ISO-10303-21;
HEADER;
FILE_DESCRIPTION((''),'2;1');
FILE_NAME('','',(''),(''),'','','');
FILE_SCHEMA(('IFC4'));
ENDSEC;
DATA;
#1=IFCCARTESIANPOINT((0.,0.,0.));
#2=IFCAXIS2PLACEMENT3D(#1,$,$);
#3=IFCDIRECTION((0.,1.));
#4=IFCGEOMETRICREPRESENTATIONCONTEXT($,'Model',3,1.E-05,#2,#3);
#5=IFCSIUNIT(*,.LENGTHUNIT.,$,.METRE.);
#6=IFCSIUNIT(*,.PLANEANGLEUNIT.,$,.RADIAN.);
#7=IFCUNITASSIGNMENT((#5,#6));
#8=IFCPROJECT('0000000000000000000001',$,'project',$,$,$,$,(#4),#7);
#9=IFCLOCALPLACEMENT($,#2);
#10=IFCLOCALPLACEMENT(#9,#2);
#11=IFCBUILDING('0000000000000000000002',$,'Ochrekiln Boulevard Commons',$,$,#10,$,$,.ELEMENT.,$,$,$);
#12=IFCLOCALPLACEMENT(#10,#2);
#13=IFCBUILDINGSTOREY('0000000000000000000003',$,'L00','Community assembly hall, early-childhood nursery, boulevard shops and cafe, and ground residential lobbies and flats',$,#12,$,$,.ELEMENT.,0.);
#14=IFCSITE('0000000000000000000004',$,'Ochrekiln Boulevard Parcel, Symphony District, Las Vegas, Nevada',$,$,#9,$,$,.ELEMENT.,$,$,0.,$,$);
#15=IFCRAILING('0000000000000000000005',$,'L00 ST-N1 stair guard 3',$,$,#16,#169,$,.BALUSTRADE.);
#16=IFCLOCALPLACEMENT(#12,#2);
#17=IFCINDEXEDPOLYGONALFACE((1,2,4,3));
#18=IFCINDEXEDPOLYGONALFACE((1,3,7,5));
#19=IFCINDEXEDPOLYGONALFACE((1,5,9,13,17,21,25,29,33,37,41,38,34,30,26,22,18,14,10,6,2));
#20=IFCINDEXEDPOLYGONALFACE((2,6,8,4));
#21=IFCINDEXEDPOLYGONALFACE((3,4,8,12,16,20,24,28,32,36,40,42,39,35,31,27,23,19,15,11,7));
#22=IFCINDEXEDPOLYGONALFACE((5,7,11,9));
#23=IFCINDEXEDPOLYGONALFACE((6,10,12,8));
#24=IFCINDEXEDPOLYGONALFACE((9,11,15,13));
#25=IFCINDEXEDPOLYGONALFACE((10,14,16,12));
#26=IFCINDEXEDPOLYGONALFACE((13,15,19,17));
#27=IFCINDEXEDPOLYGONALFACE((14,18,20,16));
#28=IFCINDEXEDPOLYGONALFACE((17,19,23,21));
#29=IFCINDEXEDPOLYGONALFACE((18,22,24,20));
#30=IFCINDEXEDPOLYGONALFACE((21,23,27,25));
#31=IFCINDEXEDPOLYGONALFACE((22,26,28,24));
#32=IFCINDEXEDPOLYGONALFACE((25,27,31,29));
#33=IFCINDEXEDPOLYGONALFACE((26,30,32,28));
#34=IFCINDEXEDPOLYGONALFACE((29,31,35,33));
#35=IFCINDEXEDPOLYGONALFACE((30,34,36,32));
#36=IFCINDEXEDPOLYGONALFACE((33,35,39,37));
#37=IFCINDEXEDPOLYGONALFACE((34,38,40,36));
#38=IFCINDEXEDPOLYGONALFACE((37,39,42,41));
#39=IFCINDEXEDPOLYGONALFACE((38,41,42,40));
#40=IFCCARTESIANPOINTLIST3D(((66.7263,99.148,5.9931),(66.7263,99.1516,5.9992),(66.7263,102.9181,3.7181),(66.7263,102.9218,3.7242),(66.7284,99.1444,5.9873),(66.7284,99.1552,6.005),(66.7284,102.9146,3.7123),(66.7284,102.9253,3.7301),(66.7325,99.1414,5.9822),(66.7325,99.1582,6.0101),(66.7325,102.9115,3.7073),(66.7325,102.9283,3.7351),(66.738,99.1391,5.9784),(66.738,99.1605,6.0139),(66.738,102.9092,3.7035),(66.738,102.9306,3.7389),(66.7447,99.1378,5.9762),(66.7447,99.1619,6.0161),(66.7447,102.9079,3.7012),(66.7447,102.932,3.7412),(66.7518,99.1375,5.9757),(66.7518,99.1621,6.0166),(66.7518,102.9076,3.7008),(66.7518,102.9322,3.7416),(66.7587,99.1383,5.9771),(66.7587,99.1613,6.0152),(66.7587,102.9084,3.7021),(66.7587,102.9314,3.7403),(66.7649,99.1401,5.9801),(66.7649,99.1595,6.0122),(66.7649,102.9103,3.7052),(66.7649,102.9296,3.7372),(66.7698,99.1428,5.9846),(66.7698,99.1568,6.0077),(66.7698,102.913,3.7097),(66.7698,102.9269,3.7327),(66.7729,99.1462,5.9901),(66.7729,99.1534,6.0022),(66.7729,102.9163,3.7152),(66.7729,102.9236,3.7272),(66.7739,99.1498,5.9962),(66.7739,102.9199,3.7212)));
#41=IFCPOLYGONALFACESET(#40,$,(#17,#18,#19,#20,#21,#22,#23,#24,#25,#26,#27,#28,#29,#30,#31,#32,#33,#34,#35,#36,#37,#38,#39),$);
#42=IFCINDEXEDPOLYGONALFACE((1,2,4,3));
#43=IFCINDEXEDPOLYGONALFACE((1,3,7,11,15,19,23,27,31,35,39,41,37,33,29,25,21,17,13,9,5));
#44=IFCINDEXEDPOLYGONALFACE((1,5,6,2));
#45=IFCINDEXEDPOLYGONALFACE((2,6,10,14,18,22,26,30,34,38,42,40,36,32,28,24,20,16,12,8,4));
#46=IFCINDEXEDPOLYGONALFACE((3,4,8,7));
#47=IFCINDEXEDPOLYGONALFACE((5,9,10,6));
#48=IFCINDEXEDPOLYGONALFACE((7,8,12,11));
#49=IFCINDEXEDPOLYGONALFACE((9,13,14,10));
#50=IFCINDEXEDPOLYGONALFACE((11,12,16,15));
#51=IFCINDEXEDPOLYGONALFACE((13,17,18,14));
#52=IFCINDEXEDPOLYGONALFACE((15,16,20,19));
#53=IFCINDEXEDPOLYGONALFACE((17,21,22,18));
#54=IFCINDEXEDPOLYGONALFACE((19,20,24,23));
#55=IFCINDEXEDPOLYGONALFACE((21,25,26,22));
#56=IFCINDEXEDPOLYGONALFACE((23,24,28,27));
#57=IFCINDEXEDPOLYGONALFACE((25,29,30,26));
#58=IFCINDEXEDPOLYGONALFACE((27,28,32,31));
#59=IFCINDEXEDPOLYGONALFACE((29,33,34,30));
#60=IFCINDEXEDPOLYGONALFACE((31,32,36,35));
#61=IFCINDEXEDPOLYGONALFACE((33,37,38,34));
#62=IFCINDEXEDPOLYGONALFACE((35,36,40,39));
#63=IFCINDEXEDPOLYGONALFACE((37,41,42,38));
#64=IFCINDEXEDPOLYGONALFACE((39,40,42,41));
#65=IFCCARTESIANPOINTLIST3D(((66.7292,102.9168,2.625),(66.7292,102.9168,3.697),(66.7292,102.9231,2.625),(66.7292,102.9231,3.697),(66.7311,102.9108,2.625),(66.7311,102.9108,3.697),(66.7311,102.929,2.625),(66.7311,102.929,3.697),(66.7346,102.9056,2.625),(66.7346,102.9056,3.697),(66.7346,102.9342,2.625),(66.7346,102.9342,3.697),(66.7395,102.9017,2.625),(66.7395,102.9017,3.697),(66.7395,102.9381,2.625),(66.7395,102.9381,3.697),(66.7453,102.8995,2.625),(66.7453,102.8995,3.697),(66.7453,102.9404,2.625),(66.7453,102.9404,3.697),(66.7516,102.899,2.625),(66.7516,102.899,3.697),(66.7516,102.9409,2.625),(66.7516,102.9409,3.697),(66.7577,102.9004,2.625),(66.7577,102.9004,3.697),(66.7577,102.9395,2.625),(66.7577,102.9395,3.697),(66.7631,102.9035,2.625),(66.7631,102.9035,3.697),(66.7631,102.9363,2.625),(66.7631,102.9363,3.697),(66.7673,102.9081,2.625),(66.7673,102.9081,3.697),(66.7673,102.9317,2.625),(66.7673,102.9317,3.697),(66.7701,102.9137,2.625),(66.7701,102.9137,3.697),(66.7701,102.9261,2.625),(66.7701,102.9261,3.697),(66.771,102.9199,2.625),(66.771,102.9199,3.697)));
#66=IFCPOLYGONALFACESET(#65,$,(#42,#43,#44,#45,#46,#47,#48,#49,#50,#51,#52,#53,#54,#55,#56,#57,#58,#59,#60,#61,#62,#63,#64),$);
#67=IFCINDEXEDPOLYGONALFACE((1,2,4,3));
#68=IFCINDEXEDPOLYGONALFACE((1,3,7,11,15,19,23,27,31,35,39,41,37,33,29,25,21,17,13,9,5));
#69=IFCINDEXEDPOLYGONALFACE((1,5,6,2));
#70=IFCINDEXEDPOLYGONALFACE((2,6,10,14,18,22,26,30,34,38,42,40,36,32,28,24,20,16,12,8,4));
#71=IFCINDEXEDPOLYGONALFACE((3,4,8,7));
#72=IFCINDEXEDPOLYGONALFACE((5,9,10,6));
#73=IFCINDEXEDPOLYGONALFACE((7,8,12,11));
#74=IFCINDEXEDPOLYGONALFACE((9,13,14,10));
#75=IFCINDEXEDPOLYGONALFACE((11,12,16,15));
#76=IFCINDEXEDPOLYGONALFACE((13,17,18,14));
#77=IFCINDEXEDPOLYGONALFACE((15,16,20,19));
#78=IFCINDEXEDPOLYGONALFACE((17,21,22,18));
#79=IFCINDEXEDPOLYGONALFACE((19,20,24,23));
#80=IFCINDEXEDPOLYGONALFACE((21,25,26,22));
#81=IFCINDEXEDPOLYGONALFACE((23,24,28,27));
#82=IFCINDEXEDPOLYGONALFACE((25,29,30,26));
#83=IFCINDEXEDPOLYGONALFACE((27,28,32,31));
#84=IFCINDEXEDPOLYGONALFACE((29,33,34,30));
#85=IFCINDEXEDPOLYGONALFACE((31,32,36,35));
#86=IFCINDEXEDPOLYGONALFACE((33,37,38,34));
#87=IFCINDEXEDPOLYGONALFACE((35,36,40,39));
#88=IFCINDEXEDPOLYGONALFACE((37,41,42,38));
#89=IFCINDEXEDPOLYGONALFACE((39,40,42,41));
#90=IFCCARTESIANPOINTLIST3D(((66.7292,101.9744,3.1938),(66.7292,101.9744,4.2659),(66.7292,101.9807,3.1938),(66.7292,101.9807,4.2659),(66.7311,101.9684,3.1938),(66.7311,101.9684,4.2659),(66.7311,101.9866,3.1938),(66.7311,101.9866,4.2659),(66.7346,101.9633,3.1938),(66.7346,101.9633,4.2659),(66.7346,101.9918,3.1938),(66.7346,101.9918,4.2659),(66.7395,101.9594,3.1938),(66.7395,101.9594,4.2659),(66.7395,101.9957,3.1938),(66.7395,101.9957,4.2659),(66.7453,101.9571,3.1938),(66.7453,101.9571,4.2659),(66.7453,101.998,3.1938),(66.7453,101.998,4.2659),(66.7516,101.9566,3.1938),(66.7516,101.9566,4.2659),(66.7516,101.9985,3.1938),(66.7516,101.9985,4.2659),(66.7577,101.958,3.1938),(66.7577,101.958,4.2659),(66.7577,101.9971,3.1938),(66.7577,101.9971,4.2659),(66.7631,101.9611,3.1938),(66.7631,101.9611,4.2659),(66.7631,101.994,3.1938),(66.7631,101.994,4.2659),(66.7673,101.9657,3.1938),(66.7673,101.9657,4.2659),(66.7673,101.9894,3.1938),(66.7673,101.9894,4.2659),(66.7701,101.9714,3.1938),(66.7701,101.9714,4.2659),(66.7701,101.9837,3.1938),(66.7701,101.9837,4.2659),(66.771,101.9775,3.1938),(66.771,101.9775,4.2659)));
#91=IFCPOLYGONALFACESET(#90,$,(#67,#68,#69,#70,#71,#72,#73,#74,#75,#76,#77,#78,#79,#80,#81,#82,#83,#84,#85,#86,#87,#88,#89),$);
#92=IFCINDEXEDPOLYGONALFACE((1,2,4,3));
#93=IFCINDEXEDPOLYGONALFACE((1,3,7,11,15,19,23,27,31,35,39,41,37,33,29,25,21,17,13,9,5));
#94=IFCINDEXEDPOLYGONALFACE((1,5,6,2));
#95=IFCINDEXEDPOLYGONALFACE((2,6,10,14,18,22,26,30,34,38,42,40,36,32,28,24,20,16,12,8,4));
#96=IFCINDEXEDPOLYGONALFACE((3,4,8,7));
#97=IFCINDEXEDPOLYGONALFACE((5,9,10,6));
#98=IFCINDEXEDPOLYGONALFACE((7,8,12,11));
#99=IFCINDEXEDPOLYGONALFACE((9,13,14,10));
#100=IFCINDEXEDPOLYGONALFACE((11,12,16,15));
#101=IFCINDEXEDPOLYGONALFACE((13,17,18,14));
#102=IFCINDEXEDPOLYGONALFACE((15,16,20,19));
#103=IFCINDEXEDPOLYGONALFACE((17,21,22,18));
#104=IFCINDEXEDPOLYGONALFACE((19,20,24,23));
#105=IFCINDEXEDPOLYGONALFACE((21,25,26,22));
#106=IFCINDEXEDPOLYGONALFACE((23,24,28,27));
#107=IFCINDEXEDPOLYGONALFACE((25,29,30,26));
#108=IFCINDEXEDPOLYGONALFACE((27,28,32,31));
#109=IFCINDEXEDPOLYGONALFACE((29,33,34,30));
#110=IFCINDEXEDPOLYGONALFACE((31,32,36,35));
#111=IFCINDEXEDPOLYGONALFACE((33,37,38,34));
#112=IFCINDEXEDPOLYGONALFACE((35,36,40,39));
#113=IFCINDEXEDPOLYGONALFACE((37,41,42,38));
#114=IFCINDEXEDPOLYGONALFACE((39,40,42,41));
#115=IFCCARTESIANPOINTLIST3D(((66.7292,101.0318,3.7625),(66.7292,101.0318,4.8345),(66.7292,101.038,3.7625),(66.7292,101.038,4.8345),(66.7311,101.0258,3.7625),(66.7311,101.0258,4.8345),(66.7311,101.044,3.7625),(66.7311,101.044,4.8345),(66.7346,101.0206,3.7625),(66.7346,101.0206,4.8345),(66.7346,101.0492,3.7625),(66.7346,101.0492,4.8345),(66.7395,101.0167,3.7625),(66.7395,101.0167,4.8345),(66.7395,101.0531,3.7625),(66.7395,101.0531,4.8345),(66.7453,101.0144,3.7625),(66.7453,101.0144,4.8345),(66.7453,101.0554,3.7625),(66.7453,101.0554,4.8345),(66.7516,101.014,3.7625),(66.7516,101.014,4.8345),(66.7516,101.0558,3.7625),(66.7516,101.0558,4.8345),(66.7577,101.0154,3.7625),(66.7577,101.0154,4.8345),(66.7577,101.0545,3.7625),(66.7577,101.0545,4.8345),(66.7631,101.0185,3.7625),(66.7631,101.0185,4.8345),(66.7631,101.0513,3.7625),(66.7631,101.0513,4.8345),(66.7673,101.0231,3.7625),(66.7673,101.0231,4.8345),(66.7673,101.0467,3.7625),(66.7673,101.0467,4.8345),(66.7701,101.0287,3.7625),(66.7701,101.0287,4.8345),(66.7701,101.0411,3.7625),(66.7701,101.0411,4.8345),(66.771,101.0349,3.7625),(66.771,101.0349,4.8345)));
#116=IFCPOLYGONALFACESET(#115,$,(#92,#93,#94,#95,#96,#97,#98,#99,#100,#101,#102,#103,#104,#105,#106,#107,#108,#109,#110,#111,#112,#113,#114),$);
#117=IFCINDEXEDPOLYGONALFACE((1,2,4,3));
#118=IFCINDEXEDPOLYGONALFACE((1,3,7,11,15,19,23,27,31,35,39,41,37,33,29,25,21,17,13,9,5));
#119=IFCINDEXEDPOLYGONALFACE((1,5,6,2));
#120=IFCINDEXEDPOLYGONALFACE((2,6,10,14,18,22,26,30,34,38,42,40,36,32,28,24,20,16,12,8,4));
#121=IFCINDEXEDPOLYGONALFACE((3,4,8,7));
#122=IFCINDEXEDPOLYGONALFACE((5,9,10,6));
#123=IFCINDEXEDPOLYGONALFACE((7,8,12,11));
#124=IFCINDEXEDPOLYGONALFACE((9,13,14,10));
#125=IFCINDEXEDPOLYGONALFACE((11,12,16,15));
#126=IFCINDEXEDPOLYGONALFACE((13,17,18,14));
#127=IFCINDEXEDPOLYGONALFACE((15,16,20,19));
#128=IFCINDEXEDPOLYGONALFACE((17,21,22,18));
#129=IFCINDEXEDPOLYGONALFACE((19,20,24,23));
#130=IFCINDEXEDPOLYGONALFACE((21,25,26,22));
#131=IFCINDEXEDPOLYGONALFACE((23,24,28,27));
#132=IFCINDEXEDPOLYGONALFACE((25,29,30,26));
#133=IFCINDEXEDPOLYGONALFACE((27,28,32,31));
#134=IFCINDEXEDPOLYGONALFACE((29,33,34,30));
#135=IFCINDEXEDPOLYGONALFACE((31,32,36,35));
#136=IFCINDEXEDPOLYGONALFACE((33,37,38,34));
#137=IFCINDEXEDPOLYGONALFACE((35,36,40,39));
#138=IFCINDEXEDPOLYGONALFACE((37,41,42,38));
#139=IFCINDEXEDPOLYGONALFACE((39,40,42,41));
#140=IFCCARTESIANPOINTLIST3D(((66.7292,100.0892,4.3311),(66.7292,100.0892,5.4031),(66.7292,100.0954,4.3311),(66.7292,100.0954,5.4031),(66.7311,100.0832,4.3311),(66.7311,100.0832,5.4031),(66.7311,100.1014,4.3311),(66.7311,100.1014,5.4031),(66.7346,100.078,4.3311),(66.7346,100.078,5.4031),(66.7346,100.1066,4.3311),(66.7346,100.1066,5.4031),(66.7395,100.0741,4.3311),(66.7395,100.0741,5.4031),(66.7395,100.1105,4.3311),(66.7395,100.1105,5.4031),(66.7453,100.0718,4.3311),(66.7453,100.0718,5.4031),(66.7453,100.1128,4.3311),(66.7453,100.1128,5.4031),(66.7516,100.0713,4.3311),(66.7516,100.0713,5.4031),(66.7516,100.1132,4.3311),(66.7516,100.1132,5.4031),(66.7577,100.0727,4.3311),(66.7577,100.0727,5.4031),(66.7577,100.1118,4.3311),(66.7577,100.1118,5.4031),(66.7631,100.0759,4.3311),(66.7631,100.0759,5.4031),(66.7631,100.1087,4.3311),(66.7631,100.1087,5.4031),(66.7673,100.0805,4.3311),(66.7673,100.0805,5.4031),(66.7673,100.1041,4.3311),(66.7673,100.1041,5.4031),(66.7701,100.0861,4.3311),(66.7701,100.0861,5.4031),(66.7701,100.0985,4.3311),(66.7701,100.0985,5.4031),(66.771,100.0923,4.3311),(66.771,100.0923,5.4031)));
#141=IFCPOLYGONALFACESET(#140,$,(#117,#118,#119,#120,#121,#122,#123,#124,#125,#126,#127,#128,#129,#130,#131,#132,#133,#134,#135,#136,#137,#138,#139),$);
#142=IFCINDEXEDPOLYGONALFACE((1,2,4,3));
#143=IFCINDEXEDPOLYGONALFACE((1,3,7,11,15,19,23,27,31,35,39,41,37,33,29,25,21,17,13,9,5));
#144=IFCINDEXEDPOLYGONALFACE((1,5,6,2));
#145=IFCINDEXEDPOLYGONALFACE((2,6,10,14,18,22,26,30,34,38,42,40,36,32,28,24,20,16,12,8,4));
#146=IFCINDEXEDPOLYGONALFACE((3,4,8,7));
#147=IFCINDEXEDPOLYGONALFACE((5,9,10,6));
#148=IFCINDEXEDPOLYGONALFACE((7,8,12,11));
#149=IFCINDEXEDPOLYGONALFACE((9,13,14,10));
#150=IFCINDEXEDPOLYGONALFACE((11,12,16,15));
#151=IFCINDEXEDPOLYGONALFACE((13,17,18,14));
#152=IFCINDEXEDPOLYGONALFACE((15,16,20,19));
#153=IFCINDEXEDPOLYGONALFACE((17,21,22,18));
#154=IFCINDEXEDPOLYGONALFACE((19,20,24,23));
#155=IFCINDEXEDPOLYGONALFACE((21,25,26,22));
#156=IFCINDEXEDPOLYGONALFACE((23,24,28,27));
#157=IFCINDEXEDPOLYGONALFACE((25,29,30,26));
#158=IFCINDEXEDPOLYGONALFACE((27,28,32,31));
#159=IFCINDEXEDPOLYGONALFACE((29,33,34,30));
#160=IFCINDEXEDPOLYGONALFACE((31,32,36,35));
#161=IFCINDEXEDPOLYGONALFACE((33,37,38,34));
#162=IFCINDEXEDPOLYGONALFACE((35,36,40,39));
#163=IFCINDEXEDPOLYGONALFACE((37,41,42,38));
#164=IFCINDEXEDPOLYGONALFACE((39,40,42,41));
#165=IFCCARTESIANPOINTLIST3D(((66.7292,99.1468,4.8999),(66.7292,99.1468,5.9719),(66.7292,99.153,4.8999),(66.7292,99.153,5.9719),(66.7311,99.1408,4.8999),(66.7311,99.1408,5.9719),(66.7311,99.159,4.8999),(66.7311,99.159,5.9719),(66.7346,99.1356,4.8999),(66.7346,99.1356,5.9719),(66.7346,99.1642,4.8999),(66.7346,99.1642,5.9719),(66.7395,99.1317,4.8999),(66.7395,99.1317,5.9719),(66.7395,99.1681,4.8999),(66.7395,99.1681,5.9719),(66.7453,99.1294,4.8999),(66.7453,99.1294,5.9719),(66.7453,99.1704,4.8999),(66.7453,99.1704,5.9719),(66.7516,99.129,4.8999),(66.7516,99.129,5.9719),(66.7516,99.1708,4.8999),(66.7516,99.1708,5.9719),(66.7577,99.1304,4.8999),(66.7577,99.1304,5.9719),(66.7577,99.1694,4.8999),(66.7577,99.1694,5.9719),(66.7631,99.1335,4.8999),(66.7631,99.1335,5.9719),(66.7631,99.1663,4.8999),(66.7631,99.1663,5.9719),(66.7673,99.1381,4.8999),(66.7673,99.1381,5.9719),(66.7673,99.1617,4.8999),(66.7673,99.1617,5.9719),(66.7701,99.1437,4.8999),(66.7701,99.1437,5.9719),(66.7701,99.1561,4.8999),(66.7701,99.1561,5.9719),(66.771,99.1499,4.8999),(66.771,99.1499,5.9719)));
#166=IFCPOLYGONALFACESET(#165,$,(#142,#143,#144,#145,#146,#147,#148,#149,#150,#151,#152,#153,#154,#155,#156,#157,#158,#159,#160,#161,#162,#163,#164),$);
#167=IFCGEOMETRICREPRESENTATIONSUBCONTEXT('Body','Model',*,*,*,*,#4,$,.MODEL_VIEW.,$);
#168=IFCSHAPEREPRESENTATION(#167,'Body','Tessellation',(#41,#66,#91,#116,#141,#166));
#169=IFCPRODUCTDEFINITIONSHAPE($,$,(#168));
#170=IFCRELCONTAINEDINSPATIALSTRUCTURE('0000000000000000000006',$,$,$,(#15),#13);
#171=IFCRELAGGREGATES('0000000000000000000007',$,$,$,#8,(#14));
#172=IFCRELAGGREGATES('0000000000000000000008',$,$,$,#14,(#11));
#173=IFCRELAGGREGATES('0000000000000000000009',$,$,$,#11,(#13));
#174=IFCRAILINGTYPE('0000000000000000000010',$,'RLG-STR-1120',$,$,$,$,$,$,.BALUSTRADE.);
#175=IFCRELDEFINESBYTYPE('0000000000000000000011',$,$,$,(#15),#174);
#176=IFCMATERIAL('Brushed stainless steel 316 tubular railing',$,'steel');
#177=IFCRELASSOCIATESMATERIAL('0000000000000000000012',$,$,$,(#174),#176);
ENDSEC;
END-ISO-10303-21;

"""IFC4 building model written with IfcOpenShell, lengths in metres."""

from ifc_helpers import new_model, si_unit, direction, frame, origin, origin_2d, place, context, subcontext, project, spatial, circle, extrude, material, type_object, element, save


model = new_model("IFC4")

# Units and contexts
model_context = context("Model", 3, precision=1e-05, world=origin(), true_north=direction((0.0, 1.0)))
body_context = subcontext(model_context, "Body", "Model", "MODEL_VIEW")
ifc_project = project(units=[si_unit("LENGTHUNIT", "METRE"), si_unit("PLANEANGLEUNIT", "RADIAN")], contexts=[model_context])

# Site, building, storey
site_placement = place(None, origin())
site = spatial("IfcSite", under=ifc_project, at=site_placement, Name="Ochrekiln Boulevard Parcel, Symphony District, Las Vegas, Nevada", CompositionType="ELEMENT", RefElevation=0.0)
building_placement = place(site_placement, origin())
building = spatial("IfcBuilding", under=site, at=building_placement, Name="Ochrekiln Boulevard Commons", CompositionType="ELEMENT")
storey_placement = place(building_placement, origin())
storey = spatial("IfcBuildingStorey", under=building, at=storey_placement, Name="L00", Description="Community assembly hall, early-childhood nursery, boulevard shops and cafe, and ground residential lobbies and flats", CompositionType="ELEMENT", Elevation=0.0)

# Railing
ifc_material_1 = material(Name="Brushed stainless steel 316 tubular railing", Category="steel")
railing_type_1 = type_object("IfcRailingType", Name="RLG-STR-1120", PredefinedType="BALUSTRADE", material=ifc_material_1)
railing_1_placement = place(storey_placement, frame((66.75, 102.9199, 2.625)))
element("IfcRailing", 1, at=railing_1_placement, inside=storey, type_object=railing_type_1, Name="L00 ST-N1 stair guard 3", PredefinedType="BALUSTRADE", context=body_context, shape_type="SweptSolid", body=[
    extrude(circle(Radius=0.0239, at=origin_2d()), frame((0.0, 0.0, 1.0962), z_axis=(0.0, -0.856199, 0.516647), x_axis=(1.0, 0.0, 0.0)), (0.0, 0.0, 1.0), 4.4033),
    extrude(circle(Radius=0.021, at=origin_2d()), origin(), (0.0, 0.0, 1.0), 1.072),
    extrude(circle(Radius=0.021, at=origin_2d()), frame((0.0, -0.9424, 0.5688)), (0.0, 0.0, 1.0), 1.072),
    extrude(circle(Radius=0.021, at=origin_2d()), frame((0.0, -1.885, 1.1375)), (0.0, 0.0, 1.0), 1.072),
    extrude(circle(Radius=0.021, at=origin_2d()), frame((0.0, -2.8276, 1.7061)), (0.0, 0.0, 1.0), 1.072),
    extrude(circle(Radius=0.021, at=origin_2d()), frame((0.0, -3.77, 2.2749)), (0.0, 0.0, 1.0), 1.072),
])

save(model, "model.ifc")
